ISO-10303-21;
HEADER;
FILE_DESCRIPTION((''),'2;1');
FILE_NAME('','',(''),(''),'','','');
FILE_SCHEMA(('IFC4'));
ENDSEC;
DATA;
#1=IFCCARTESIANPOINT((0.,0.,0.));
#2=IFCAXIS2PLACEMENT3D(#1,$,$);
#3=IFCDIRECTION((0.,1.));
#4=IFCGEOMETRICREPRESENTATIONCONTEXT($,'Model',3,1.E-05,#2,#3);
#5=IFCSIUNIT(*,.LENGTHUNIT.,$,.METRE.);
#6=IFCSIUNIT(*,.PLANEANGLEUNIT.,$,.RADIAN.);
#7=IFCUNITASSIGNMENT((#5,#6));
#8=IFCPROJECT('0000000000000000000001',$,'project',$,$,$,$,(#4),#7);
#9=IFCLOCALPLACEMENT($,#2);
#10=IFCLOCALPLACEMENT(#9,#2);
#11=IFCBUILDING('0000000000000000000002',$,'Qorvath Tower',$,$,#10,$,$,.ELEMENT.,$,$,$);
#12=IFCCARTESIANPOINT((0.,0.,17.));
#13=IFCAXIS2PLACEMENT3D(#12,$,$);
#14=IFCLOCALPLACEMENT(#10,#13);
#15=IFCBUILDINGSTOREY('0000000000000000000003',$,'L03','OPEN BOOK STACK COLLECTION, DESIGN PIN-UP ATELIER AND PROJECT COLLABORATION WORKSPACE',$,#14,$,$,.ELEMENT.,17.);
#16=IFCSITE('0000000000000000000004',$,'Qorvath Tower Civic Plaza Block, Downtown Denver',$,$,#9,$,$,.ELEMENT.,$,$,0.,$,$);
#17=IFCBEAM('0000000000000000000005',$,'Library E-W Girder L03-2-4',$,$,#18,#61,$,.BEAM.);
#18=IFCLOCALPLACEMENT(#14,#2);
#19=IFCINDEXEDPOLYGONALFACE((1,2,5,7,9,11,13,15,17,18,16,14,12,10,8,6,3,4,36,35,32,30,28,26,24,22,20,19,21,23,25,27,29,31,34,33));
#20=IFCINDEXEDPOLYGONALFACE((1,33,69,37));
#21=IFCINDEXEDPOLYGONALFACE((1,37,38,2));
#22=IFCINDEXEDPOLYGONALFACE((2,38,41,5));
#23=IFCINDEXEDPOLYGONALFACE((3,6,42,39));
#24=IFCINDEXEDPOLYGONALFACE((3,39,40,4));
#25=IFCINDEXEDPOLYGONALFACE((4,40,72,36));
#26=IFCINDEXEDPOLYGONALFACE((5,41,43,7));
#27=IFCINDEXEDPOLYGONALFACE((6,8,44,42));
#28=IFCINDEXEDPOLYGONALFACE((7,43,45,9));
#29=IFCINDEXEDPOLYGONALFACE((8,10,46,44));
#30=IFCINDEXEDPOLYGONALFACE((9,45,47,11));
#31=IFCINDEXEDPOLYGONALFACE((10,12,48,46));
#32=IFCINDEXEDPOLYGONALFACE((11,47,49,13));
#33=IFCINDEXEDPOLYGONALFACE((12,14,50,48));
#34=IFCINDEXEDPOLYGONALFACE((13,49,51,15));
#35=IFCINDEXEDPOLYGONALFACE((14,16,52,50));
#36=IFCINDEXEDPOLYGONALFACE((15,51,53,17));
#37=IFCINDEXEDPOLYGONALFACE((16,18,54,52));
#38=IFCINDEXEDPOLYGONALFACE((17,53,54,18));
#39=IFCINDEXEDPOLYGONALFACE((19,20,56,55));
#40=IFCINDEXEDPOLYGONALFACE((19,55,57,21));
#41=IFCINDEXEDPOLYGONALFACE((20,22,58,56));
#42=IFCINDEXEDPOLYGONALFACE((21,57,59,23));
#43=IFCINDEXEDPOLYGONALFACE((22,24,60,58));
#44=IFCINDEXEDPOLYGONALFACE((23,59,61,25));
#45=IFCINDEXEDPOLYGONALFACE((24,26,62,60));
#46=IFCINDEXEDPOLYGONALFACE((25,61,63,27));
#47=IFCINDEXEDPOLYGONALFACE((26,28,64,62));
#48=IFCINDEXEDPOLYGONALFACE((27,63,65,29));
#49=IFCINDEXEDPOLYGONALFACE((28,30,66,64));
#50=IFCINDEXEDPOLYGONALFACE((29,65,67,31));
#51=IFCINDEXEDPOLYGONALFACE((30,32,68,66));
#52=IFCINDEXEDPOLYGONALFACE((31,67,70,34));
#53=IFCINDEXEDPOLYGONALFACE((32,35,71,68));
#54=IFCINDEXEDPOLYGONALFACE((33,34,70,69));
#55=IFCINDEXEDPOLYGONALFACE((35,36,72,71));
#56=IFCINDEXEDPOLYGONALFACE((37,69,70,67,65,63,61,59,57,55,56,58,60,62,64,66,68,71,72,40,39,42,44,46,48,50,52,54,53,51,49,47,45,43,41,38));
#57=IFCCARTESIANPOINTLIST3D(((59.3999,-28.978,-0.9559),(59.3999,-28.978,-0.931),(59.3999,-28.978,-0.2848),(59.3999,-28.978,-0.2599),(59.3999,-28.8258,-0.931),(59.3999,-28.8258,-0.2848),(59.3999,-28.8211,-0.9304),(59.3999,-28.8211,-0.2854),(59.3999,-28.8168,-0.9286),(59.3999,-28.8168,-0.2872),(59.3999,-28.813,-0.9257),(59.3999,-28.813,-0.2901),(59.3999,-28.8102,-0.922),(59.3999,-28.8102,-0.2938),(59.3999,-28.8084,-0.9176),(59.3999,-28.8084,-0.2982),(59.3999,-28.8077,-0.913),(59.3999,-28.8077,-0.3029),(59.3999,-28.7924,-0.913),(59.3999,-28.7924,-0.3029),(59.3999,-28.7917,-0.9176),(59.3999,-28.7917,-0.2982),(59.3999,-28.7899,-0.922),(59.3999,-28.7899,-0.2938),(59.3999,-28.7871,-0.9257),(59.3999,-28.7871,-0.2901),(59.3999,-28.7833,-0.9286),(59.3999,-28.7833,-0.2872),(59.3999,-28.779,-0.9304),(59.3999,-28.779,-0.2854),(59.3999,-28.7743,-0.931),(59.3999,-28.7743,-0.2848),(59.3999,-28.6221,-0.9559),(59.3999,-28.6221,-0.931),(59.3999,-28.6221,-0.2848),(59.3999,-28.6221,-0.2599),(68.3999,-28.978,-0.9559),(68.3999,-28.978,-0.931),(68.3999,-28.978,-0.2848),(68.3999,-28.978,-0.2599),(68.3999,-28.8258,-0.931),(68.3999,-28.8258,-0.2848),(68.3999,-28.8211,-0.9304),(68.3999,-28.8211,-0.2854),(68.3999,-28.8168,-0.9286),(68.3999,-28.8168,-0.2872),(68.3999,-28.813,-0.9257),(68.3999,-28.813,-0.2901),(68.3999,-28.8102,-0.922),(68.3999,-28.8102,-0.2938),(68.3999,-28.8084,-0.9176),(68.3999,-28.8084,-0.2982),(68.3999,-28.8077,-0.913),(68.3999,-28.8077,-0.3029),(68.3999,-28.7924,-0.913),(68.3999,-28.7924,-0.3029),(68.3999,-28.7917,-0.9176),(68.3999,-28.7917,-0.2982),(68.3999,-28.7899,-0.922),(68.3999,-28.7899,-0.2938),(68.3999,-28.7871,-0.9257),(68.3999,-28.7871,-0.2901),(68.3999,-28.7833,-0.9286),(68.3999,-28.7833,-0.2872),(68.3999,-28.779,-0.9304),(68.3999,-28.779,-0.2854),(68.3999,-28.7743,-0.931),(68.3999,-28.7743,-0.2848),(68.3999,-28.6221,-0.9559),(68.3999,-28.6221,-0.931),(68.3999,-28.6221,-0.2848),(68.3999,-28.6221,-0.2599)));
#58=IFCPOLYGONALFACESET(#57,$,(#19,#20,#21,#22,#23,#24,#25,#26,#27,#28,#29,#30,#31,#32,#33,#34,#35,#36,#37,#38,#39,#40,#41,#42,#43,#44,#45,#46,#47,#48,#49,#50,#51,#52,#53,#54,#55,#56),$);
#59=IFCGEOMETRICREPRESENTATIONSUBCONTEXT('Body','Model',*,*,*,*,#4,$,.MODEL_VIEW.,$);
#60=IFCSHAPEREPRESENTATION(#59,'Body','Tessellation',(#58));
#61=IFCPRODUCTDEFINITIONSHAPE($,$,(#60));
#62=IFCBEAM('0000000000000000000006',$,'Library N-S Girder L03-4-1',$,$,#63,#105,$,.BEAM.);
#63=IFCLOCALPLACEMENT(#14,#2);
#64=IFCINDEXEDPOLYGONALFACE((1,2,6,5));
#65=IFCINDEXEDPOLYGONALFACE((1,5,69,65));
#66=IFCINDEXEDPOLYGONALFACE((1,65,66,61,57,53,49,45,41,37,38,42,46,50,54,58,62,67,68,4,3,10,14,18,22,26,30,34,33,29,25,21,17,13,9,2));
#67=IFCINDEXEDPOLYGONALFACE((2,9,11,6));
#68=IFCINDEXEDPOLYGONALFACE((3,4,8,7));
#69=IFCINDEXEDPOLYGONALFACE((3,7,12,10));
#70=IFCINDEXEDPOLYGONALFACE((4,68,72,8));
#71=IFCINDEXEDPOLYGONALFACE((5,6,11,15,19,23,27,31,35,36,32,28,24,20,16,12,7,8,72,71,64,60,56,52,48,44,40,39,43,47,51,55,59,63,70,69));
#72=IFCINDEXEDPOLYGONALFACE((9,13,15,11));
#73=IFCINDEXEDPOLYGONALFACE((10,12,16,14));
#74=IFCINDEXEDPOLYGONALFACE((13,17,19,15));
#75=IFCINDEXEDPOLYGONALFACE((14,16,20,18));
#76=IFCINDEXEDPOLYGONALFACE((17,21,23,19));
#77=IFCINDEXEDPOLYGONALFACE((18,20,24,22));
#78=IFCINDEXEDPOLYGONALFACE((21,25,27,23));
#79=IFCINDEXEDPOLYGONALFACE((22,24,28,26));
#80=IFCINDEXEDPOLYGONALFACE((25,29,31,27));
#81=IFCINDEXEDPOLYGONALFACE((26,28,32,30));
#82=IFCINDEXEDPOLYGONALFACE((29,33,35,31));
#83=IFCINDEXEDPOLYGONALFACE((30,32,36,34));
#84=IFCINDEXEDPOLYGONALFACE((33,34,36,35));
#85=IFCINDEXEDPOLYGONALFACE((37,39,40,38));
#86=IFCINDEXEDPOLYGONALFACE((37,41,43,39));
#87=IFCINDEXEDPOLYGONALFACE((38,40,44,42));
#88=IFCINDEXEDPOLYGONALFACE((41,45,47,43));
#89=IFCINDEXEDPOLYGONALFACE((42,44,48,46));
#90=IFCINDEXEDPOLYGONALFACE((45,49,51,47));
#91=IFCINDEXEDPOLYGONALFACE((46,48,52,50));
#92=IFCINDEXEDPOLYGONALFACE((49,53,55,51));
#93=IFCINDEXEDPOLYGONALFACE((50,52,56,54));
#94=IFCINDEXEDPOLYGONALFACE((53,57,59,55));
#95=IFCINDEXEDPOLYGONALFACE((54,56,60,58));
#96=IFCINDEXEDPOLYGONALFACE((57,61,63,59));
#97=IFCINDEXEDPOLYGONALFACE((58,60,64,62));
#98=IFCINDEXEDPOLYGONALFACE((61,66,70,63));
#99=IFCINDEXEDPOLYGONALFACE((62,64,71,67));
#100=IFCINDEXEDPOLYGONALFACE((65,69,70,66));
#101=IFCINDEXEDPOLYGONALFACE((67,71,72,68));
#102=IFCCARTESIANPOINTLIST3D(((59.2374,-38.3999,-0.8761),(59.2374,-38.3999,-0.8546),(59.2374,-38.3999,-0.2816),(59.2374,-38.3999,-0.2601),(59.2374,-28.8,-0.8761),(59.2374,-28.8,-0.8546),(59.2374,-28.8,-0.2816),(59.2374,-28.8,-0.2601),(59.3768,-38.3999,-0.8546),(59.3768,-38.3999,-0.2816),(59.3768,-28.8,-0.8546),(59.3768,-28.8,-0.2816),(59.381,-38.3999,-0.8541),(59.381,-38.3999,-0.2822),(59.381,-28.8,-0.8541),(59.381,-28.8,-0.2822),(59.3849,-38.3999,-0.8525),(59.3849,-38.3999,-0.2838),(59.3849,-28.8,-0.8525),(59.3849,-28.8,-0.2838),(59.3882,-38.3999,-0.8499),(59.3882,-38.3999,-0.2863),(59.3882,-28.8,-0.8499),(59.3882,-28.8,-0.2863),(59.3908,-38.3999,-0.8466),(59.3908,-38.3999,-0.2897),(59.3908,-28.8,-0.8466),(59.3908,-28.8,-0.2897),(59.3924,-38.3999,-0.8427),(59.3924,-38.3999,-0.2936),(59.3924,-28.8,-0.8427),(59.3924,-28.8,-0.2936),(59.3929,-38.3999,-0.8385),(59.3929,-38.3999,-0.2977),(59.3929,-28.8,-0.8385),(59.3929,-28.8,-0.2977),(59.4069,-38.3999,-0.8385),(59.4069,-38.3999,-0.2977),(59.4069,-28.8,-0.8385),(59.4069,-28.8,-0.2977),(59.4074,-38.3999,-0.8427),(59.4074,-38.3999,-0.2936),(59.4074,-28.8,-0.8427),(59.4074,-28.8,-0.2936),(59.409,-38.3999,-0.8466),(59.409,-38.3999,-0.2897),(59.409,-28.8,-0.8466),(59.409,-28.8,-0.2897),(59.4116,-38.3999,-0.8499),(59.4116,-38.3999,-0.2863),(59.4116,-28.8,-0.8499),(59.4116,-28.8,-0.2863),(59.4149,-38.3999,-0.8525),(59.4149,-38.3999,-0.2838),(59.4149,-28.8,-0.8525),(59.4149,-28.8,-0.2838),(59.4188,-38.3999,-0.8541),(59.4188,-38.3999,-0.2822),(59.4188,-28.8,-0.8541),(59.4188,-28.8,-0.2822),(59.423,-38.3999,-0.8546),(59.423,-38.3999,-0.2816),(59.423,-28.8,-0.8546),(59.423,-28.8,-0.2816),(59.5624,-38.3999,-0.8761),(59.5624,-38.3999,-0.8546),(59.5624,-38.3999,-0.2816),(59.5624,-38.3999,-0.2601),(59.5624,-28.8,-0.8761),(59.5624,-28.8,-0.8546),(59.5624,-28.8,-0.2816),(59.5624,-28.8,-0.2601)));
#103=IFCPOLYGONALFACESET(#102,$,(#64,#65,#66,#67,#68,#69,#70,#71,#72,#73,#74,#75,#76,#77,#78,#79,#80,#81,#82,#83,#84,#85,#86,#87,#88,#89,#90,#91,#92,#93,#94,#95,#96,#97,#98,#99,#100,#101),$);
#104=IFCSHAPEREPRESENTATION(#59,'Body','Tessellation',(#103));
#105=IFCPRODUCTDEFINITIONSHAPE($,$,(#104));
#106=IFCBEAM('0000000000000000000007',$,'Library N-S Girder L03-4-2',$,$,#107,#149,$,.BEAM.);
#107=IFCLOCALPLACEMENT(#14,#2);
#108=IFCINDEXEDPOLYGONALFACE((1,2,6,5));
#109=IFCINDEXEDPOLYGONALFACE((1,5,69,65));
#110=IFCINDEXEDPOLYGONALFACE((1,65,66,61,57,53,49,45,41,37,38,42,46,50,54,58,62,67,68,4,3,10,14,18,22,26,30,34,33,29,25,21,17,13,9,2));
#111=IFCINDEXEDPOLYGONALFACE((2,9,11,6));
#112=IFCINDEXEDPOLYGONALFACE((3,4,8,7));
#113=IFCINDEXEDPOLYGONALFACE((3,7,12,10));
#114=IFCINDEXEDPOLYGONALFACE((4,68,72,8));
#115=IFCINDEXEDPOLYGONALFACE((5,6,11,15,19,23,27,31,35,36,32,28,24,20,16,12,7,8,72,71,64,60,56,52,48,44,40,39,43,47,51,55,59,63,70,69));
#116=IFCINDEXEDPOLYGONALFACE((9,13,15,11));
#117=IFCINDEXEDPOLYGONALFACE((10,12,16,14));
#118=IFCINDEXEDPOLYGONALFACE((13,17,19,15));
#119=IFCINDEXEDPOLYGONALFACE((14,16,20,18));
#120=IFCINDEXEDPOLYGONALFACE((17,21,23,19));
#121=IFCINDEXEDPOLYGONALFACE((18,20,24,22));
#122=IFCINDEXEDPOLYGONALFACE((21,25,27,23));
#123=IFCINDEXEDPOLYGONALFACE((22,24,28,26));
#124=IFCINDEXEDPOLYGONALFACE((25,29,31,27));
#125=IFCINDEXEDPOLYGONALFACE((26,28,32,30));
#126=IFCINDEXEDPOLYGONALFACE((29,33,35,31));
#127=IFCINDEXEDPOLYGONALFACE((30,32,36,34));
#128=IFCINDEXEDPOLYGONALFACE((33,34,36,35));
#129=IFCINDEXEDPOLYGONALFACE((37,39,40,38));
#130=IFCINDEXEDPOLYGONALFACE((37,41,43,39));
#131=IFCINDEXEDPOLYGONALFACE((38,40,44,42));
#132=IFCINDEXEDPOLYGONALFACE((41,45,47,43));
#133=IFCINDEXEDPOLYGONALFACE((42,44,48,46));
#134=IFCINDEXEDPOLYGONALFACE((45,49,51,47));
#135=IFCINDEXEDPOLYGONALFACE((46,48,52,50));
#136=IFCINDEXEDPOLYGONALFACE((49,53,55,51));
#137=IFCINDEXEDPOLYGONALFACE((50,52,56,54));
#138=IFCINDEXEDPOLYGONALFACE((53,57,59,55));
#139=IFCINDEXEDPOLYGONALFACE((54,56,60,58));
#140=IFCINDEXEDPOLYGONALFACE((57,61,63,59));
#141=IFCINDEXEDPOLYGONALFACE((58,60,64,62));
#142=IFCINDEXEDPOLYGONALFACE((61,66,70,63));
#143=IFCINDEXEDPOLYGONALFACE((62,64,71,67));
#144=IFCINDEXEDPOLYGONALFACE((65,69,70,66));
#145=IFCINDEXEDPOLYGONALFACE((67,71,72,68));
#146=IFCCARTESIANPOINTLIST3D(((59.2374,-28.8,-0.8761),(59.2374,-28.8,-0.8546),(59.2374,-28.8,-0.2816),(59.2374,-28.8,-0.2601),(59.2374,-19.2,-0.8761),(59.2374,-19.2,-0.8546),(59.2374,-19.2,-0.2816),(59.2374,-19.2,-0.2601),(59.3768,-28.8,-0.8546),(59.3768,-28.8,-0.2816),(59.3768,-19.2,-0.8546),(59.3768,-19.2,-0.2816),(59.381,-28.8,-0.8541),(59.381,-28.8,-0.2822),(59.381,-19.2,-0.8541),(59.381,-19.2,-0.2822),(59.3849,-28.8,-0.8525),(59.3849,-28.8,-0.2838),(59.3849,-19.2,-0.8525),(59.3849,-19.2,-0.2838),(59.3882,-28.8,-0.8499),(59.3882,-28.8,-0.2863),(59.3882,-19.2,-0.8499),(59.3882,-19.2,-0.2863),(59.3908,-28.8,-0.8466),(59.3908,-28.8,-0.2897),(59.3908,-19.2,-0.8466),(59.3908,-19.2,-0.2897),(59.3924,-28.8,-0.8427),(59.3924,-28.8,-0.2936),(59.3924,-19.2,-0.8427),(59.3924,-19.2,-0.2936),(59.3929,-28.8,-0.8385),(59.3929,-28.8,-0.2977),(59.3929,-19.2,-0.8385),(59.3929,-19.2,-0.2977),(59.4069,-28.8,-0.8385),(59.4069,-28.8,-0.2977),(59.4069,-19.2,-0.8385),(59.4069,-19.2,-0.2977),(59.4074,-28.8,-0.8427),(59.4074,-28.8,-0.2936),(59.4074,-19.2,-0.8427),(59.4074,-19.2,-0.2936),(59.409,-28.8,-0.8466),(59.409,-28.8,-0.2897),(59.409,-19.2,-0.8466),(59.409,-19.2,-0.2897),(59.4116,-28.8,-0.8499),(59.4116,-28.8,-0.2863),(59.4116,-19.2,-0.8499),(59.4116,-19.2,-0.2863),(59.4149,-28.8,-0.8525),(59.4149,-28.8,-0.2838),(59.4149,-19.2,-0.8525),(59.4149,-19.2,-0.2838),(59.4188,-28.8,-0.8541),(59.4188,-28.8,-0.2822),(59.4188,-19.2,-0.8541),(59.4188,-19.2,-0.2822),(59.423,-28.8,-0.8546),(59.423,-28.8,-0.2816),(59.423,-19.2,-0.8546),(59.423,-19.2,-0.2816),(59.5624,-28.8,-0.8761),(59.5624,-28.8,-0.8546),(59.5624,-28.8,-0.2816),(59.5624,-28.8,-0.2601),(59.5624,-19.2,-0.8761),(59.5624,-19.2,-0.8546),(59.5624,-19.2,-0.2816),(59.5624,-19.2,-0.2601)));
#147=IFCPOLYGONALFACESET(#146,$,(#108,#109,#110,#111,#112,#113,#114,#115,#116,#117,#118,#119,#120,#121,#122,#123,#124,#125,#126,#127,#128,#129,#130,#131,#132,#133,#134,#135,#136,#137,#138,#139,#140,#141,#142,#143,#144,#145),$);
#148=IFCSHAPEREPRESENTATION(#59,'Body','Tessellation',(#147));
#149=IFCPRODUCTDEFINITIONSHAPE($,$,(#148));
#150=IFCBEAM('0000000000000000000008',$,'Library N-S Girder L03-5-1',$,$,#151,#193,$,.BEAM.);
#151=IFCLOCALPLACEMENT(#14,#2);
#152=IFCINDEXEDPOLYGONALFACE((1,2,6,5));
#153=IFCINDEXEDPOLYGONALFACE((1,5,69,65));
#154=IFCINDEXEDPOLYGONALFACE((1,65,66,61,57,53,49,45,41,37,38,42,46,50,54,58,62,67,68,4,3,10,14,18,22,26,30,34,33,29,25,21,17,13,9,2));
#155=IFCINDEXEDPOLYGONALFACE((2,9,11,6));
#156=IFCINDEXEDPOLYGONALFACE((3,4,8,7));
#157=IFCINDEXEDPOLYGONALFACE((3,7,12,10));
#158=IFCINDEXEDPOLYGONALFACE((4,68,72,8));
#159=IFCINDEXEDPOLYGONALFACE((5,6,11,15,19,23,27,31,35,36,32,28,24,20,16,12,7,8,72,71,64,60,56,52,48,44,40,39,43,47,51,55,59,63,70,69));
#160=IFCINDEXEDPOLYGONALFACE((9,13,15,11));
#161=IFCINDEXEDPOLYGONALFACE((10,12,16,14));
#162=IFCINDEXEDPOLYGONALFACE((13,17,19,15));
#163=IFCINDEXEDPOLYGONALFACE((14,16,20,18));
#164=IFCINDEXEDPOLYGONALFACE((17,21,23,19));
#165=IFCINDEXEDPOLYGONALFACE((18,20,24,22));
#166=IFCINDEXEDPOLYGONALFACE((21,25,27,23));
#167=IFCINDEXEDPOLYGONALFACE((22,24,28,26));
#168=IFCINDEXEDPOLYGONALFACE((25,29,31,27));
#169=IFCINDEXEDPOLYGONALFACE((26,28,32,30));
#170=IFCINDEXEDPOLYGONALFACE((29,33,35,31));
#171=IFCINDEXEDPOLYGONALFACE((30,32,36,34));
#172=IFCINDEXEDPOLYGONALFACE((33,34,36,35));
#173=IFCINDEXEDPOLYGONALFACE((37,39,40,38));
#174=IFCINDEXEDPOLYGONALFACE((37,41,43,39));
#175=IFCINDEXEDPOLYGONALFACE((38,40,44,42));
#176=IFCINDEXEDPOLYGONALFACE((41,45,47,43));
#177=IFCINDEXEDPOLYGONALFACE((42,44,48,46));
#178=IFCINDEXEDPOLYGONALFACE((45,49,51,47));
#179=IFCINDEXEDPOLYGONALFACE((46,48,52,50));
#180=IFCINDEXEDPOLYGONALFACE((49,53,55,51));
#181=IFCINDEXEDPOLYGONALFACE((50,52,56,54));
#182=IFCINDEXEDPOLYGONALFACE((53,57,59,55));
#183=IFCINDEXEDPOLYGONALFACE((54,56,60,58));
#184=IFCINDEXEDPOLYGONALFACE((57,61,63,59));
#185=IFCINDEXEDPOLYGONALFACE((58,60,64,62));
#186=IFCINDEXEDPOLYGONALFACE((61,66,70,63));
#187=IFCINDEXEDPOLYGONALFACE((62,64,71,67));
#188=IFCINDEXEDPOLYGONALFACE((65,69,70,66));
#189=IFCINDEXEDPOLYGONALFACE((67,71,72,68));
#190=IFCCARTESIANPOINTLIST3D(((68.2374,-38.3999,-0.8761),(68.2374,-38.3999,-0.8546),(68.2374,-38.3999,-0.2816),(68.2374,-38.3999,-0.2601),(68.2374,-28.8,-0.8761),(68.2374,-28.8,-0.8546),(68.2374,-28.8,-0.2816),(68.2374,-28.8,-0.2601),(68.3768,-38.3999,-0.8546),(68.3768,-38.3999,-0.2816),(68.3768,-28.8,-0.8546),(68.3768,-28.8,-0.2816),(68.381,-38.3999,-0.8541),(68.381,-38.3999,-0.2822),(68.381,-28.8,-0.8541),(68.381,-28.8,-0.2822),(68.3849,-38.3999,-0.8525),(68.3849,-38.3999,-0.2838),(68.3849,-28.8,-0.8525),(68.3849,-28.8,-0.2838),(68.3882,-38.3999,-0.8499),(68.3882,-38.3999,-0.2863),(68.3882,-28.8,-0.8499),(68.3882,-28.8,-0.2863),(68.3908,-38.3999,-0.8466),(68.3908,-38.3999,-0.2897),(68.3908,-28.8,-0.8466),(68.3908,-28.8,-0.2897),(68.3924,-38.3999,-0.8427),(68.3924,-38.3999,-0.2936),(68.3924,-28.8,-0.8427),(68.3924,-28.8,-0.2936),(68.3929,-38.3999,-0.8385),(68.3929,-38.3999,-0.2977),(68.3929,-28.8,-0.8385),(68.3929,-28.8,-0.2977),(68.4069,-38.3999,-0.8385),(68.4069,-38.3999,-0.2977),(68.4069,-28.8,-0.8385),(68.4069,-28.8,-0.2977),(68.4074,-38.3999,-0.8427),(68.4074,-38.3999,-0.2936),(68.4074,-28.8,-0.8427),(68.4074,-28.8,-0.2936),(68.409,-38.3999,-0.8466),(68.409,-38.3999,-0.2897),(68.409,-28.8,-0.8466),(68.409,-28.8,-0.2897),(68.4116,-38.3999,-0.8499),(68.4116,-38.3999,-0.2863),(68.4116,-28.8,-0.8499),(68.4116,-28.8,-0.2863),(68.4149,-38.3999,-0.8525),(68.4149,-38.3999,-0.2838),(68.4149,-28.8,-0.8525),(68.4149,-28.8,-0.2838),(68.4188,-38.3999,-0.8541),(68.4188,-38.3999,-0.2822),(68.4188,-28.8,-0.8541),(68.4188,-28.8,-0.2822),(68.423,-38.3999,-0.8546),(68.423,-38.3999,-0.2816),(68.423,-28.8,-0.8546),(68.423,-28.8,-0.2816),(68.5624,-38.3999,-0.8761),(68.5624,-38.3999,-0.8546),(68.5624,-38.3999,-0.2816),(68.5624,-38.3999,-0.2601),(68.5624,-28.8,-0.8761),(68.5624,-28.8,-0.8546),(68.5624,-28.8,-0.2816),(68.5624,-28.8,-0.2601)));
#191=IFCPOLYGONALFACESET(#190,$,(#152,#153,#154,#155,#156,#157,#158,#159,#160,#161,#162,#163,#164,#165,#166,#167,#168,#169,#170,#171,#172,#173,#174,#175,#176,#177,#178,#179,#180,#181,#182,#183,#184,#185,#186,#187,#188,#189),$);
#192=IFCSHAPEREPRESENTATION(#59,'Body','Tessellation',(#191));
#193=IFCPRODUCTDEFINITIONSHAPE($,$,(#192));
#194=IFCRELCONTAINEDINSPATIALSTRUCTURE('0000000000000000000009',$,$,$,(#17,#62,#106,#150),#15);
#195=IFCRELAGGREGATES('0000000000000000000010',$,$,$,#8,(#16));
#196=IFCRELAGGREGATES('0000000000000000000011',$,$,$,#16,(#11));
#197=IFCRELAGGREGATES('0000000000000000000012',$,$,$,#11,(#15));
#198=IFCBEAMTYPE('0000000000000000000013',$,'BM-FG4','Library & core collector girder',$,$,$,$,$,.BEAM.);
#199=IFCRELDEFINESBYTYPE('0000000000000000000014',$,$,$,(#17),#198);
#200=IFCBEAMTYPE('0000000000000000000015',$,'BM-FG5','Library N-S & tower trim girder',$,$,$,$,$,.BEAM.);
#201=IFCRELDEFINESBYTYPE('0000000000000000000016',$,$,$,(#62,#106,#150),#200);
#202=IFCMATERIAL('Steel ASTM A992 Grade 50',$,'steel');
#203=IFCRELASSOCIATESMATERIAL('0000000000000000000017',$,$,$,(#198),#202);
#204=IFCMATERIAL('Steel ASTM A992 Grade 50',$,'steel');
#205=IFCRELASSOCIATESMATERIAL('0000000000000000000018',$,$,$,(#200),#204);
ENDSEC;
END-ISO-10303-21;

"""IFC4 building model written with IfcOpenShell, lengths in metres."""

from ifc_helpers import new_model, si_unit, direction, frame, origin, origin_2d, place, context, subcontext, project, spatial, i_section, extrude, material, material_profile, profile_set, type_object, element, save


model = new_model("IFC4")

# Units and contexts
model_context = context("Model", 3, precision=1e-05, world=origin(), true_north=direction((0.0, 1.0)))
body_context = subcontext(model_context, "Body", "Model", "MODEL_VIEW")
ifc_project = project(units=[si_unit("LENGTHUNIT", "METRE"), si_unit("PLANEANGLEUNIT", "RADIAN")], contexts=[model_context])

# Site, building, storey
site_placement = place(None, origin())
site = spatial("IfcSite", under=ifc_project, at=site_placement, Name="Qorvath Tower Civic Plaza Block, Downtown Denver", CompositionType="ELEMENT", RefElevation=0.0)
building_placement = place(site_placement, origin())
building = spatial("IfcBuilding", under=site, at=building_placement, Name="Qorvath Tower", CompositionType="ELEMENT")
storey_placement = place(building_placement, frame((0.0, 0.0, 17.0)))
storey = spatial("IfcBuildingStorey", under=building, at=storey_placement, Name="L03", Description="OPEN BOOK STACK COLLECTION, DESIGN PIN-UP ATELIER AND PROJECT COLLABORATION WORKSPACE", CompositionType="ELEMENT", Elevation=17.0)

# Beams
ifc_material_1 = material(Name="Steel ASTM A992 Grade 50", Category="steel")
ifc_material_profile_1 = material_profile(ifc_material_1, i_section(OverallWidth=0.356, OverallDepth=0.696, WebThickness=0.0154, FlangeThickness=0.0249, FilletRadius=0.0181, at=origin_2d()), Name="W27x146")
ifc_profile_set_1 = profile_set([ifc_material_profile_1], Name="Steel ASTM A992 Grade 50")
beam_type_1 = type_object("IfcBeamType", Name="BM-FG4", Description="Library & core collector girder", PredefinedType="BEAM", material=ifc_profile_set_1)
beam_1_placement = place(storey_placement, frame((59.3999, -28.8, -0.6079), z_axis=(1.0, 0.0, 0.0), x_axis=(0.0, 1.0, 0.0)))
element("IfcBeam", 1, at=beam_1_placement, inside=storey, type_object=beam_type_1, Name="Library E-W Girder L03-2-4", PredefinedType="BEAM", context=body_context, shape_type="SweptSolid", body=[
    extrude(i_section(OverallWidth=0.356, OverallDepth=0.696, WebThickness=0.0154, FlangeThickness=0.0249, FilletRadius=0.0181, at=origin_2d()), origin(), (0.0, 0.0, 1.0), 9.0),
])
ifc_material_2 = material(Name="Steel ASTM A992 Grade 50", Category="steel")
ifc_material_profile_2 = material_profile(ifc_material_2, i_section(OverallWidth=0.325, OverallDepth=0.616, WebThickness=0.0139, FlangeThickness=0.0215, FilletRadius=0.0161, at=origin_2d()), Name="W24x117")
ifc_profile_set_2 = profile_set([ifc_material_profile_2], Name="Steel ASTM A992 Grade 50")
beam_type_2 = type_object("IfcBeamType", Name="BM-FG5", Description="Library N-S & tower trim girder", PredefinedType="BEAM", material=ifc_profile_set_2)
beam_2_placement = place(storey_placement, frame((59.3999, -38.3999, -0.5681), z_axis=(0.0, 1.0, 0.0), x_axis=(-1.0, 0.0, 0.0)))
element("IfcBeam", 2, at=beam_2_placement, inside=storey, type_object=beam_type_2, Name="Library N-S Girder L03-4-1", PredefinedType="BEAM", context=body_context, shape_type="SweptSolid", body=[
    extrude(i_section(OverallWidth=0.325, OverallDepth=0.616, WebThickness=0.0139, FlangeThickness=0.0215, FilletRadius=0.0161, at=origin_2d()), origin(), (0.0, 0.0, 1.0), 9.5999),
])
beam_3_placement = place(storey_placement, frame((59.3999, -28.8, -0.5681), z_axis=(0.0, 1.0, 0.0), x_axis=(-1.0, 0.0, 0.0)))
element("IfcBeam", 3, at=beam_3_placement, inside=storey, type_object=beam_type_2, Name="Library N-S Girder L03-4-2", PredefinedType="BEAM", context=body_context, shape_type="SweptSolid", body=[
    extrude(i_section(OverallWidth=0.325, OverallDepth=0.616, WebThickness=0.0139, FlangeThickness=0.0215, FilletRadius=0.0161, at=origin_2d()), origin(), (0.0, 0.0, 1.0), 9.6001),
])
beam_4_placement = place(storey_placement, frame((68.3999, -38.3999, -0.5681), z_axis=(0.0, 1.0, 0.0), x_axis=(-1.0, 0.0, 0.0)))
element("IfcBeam", 4, at=beam_4_placement, inside=storey, type_object=beam_type_2, Name="Library N-S Girder L03-5-1", PredefinedType="BEAM", context=body_context, shape_type="SweptSolid", body=[
    extrude(i_section(OverallWidth=0.325, OverallDepth=0.616, WebThickness=0.0139, FlangeThickness=0.0215, FilletRadius=0.0161, at=origin_2d()), origin(), (0.0, 0.0, 1.0), 9.5999),
])

save(model, "model.ifc")
